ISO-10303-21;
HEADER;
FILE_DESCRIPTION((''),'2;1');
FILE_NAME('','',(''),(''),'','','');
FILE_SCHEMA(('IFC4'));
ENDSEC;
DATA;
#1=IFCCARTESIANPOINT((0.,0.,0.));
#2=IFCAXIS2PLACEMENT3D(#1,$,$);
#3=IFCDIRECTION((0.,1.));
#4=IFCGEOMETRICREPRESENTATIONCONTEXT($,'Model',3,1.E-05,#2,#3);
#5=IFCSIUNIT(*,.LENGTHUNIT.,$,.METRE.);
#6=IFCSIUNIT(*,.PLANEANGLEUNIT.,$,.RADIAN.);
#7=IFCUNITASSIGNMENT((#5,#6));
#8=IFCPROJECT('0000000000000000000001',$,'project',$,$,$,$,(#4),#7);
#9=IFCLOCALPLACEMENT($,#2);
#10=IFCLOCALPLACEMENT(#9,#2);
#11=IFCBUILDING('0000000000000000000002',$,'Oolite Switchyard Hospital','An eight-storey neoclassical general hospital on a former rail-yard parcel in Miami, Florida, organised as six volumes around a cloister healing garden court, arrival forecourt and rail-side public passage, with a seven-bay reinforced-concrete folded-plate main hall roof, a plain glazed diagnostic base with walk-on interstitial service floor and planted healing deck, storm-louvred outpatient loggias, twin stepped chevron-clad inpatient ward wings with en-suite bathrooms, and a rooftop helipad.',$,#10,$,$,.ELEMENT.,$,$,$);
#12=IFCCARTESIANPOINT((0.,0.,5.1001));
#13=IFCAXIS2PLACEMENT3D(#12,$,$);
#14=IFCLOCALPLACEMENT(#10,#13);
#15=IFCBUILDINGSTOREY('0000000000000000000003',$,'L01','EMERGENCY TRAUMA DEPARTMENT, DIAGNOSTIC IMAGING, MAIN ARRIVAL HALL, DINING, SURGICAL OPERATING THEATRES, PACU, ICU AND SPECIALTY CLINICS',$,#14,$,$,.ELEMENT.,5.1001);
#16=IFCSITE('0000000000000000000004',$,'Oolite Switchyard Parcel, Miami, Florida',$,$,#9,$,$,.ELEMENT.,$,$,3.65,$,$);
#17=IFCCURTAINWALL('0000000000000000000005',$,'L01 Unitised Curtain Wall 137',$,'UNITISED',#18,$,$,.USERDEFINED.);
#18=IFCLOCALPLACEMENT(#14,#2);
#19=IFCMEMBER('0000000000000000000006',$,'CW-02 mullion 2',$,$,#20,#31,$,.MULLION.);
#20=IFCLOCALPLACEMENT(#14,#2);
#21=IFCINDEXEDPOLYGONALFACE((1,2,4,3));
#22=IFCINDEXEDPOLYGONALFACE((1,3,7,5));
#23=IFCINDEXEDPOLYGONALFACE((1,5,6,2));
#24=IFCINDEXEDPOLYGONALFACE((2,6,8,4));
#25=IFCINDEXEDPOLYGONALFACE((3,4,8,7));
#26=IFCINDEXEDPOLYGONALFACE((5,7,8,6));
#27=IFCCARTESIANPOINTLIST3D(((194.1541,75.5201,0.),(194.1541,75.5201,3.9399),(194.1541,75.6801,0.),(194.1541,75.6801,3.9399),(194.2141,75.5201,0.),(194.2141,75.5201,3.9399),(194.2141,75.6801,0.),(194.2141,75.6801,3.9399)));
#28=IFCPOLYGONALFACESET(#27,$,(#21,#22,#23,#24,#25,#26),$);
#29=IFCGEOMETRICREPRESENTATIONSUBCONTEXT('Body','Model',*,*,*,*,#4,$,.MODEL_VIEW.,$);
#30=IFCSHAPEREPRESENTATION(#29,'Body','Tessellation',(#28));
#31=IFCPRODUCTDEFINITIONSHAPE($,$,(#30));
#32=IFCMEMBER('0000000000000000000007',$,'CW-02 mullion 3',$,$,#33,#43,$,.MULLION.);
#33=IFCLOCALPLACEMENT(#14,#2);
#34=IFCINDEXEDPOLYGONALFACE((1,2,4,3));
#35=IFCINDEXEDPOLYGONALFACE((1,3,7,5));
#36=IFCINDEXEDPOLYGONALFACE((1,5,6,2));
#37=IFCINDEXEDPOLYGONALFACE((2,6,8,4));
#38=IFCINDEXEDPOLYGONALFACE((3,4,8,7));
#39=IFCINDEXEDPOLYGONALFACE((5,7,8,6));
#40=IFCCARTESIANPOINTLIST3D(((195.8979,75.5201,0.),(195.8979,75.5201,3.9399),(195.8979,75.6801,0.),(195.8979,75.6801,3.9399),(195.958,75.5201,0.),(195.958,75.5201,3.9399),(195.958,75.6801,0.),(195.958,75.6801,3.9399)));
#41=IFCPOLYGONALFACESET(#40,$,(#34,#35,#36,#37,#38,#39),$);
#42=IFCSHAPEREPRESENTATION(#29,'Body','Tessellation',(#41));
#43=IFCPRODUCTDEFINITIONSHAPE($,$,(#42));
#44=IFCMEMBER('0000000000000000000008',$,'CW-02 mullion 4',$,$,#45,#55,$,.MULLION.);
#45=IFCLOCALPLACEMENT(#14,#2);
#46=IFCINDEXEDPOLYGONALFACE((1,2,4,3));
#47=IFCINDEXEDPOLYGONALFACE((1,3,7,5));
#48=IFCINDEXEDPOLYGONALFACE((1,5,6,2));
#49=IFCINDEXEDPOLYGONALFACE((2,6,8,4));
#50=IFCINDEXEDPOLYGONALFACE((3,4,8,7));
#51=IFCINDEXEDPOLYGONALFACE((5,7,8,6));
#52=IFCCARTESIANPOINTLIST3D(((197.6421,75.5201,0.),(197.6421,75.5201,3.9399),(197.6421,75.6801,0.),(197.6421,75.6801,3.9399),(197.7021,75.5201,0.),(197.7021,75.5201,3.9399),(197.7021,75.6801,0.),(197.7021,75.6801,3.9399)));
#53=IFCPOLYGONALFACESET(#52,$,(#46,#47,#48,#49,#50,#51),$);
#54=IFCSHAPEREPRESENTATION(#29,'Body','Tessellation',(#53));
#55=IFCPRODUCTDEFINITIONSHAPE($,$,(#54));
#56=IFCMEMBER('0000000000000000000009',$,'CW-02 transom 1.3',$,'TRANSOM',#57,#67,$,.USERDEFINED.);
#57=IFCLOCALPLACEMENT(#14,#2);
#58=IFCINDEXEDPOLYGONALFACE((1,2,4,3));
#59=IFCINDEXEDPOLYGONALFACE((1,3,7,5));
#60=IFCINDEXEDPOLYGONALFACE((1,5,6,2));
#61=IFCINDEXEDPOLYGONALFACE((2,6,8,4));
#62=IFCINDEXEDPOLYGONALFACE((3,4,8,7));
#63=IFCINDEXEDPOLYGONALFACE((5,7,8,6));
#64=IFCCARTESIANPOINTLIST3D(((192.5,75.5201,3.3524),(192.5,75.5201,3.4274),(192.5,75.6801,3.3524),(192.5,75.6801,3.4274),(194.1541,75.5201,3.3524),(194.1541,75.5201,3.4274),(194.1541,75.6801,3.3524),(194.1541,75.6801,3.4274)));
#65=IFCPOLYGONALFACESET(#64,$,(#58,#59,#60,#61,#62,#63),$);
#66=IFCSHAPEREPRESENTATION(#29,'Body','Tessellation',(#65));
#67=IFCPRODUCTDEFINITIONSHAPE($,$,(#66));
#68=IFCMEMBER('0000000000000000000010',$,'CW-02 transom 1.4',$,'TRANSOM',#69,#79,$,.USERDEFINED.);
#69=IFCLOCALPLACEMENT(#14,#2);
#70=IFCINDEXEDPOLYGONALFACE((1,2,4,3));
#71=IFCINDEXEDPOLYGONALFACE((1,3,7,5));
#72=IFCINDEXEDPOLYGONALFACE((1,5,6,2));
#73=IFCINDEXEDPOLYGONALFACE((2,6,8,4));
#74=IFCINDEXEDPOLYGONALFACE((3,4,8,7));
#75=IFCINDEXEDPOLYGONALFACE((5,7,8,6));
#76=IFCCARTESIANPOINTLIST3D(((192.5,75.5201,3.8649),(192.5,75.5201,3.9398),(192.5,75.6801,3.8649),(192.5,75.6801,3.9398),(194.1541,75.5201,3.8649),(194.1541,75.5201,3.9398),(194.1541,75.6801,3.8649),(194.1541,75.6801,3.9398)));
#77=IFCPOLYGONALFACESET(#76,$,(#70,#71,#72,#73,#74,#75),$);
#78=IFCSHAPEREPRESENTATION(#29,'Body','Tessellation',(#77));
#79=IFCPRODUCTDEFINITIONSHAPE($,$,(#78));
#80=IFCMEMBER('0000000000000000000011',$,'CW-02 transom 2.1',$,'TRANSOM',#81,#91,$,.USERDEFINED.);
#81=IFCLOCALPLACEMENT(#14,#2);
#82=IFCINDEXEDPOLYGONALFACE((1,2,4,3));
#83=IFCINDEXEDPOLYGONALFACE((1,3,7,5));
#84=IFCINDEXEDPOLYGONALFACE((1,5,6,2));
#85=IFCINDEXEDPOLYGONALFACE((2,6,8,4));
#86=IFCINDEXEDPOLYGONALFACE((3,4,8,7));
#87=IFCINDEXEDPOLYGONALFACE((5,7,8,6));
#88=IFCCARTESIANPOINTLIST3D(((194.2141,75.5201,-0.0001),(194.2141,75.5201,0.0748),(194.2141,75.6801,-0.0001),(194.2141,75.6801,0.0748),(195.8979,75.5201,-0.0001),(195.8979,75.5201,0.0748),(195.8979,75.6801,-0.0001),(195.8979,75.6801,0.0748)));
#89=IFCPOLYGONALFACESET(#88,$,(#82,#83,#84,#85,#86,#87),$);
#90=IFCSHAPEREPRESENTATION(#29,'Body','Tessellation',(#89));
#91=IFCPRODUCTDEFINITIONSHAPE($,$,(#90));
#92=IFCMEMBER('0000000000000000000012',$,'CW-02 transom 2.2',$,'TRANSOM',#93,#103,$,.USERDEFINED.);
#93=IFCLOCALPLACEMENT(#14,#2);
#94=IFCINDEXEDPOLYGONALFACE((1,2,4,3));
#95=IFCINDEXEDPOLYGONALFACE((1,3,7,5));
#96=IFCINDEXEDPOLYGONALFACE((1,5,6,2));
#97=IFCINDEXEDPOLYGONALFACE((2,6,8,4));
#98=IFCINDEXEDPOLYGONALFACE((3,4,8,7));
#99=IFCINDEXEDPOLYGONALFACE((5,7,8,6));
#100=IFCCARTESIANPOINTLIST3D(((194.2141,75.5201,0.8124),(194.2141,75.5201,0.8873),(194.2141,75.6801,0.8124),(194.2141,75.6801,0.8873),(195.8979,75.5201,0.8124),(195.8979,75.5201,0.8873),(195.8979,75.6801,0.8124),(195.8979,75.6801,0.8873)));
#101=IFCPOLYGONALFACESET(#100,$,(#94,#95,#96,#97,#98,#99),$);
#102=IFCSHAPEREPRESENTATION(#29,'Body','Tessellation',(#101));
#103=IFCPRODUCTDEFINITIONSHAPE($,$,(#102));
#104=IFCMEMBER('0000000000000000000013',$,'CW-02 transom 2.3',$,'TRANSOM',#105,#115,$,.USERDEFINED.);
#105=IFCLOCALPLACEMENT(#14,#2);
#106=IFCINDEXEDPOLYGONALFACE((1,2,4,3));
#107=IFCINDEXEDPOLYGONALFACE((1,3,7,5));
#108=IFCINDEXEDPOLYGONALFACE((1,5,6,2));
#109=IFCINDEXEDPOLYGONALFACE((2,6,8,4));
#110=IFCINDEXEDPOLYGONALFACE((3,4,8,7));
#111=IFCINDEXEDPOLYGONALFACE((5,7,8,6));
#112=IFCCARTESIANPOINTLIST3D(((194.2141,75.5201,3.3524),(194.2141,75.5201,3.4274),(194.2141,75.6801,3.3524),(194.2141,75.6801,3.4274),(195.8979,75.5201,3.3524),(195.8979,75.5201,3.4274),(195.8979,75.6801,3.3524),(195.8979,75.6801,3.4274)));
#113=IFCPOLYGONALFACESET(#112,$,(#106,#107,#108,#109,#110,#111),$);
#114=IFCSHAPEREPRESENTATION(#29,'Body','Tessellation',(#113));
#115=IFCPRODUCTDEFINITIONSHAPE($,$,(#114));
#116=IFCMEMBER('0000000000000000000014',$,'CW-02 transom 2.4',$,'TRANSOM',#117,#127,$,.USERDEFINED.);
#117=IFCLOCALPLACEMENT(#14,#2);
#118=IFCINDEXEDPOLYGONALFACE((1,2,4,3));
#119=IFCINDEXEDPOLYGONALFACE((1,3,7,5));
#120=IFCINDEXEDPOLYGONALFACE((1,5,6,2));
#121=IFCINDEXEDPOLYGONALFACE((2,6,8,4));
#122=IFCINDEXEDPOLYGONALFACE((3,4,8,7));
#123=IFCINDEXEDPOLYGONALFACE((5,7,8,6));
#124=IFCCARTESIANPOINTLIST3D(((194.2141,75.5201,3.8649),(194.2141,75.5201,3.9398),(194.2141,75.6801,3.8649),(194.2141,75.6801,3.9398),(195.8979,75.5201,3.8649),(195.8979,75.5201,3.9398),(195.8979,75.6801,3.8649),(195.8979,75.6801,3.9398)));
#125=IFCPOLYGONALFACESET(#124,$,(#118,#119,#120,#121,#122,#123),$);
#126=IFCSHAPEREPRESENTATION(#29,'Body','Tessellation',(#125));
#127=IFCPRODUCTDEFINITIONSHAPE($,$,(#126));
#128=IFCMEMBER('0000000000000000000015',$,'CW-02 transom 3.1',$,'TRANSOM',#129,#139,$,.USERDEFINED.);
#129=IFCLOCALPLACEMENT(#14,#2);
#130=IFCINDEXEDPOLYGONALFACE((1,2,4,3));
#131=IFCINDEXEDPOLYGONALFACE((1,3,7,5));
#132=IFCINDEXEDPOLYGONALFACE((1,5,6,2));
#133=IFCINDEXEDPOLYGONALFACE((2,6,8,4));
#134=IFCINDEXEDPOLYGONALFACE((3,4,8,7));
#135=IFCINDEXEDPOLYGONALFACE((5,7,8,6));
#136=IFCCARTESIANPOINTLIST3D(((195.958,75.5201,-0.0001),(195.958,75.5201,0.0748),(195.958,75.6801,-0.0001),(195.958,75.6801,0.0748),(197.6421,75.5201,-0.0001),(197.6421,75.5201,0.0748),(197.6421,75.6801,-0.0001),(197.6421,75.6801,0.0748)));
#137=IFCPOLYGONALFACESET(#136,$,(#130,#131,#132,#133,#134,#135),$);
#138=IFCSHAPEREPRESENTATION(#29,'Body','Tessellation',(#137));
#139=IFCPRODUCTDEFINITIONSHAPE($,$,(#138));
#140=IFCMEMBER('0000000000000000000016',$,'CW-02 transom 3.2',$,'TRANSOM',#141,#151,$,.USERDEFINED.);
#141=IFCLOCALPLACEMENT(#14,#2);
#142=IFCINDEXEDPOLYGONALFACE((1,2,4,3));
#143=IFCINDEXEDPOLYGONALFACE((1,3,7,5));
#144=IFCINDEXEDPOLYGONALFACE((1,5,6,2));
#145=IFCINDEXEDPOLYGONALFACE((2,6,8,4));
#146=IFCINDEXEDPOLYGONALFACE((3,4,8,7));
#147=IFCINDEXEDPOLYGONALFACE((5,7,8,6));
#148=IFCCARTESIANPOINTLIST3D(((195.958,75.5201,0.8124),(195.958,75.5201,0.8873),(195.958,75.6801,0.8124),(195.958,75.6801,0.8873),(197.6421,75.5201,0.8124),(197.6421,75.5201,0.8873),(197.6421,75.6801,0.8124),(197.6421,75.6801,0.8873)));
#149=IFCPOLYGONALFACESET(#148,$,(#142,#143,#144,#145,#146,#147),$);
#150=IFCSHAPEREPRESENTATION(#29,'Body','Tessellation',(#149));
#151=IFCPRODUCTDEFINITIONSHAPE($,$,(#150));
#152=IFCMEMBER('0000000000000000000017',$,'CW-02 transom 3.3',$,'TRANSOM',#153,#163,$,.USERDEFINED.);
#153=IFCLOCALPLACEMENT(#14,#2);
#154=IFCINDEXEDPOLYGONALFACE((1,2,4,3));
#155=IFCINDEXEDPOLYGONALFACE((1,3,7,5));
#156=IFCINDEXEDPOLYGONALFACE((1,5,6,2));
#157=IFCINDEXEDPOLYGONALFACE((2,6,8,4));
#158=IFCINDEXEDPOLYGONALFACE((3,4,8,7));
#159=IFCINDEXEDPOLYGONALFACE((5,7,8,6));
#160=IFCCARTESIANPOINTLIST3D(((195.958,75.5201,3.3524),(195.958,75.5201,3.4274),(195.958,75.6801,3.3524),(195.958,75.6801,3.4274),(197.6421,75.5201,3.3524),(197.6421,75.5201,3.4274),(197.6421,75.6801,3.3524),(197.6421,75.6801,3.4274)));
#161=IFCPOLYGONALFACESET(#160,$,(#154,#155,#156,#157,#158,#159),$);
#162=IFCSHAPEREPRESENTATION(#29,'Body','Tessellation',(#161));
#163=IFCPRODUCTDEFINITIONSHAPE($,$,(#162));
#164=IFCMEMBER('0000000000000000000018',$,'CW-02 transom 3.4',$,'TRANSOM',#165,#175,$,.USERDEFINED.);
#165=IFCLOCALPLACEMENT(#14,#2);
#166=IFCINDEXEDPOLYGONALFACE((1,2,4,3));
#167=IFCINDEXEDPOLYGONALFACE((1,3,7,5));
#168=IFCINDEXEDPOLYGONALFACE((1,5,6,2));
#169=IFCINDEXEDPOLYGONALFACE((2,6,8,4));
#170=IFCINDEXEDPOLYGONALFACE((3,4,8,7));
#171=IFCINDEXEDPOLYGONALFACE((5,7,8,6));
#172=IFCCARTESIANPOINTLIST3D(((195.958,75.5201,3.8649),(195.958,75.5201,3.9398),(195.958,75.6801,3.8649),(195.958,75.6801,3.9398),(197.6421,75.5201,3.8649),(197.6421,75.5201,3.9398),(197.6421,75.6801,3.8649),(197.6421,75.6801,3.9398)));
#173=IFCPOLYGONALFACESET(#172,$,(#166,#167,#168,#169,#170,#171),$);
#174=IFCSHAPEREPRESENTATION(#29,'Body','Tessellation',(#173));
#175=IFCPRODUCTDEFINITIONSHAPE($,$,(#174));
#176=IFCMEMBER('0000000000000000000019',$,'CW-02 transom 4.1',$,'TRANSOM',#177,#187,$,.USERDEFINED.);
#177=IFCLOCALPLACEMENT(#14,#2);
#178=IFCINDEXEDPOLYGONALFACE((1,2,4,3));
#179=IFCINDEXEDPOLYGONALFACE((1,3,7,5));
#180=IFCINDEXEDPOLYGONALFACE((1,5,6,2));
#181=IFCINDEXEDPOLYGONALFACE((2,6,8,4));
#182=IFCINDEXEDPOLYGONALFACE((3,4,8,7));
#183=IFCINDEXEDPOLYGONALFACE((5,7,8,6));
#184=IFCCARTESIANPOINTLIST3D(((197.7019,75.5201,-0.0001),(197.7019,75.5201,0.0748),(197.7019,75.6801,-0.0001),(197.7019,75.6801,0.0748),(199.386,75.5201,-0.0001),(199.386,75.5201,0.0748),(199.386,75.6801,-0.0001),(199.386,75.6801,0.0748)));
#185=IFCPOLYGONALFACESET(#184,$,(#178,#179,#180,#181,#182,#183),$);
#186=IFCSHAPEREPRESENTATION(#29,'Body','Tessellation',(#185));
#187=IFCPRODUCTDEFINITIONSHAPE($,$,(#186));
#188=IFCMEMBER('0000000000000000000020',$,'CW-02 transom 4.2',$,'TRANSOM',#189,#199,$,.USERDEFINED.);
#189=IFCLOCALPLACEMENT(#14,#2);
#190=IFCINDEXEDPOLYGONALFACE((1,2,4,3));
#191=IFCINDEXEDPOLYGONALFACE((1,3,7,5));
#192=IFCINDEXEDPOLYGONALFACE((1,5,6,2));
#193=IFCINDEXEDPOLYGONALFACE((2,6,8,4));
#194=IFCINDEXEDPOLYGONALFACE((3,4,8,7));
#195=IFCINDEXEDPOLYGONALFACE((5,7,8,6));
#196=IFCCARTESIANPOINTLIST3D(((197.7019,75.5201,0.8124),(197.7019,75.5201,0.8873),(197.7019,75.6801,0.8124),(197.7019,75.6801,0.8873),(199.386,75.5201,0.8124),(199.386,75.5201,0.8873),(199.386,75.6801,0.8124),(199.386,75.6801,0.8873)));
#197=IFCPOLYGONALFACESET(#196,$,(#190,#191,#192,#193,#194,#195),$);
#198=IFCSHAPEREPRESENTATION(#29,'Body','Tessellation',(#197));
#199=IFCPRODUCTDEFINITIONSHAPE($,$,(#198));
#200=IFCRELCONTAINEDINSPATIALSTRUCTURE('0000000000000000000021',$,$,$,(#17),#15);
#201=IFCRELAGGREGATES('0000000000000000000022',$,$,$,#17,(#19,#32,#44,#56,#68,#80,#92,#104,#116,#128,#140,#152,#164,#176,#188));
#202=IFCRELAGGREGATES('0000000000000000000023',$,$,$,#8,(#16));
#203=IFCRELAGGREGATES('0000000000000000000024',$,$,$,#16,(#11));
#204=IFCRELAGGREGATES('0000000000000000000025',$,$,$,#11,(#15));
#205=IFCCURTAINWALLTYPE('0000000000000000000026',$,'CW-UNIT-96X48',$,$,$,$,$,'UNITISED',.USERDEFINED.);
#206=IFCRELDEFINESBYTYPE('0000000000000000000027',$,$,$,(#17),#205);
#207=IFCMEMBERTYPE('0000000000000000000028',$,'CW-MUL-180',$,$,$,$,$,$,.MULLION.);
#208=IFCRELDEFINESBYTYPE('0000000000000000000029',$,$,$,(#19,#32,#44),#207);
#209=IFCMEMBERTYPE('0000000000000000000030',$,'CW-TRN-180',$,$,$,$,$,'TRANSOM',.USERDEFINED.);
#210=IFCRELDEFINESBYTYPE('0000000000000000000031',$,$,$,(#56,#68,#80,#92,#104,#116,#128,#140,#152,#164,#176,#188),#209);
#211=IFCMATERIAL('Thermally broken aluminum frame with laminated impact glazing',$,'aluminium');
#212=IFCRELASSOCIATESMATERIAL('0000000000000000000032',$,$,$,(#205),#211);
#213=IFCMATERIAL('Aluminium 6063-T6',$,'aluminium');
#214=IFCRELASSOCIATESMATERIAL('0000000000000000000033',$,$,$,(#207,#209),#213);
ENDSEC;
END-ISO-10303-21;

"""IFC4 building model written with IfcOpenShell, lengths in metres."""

from ifc_helpers import new_model, si_unit, direction, frame, origin, origin_2d, place, context, subcontext, project, spatial, rectangle, extrude, material, material_profile, profile_set, type_object, element, aggregate, save


model = new_model("IFC4")

# Units and contexts
model_context = context("Model", 3, precision=1e-05, world=origin(), true_north=direction((0.0, 1.0)))
body_context = subcontext(model_context, "Body", "Model", "MODEL_VIEW")
ifc_project = project(units=[si_unit("LENGTHUNIT", "METRE"), si_unit("PLANEANGLEUNIT", "RADIAN")], contexts=[model_context])

# Site, building, storey
site_placement = place(None, origin())
site = spatial("IfcSite", under=ifc_project, at=site_placement, Name="Oolite Switchyard Parcel, Miami, Florida", CompositionType="ELEMENT", RefElevation=3.65)
building_placement = place(site_placement, origin())
building = spatial("IfcBuilding", under=site, at=building_placement, Name="Oolite Switchyard Hospital", Description="An eight-storey neoclassical general hospital on a former rail-yard parcel in Miami, Florida, organised as six volumes around a cloister healing garden court, arrival forecourt and rail-side public passage, with a seven-bay reinforced-concrete folded-plate main hall roof, a plain glazed diagnostic base with walk-on interstitial service floor and planted healing deck, storm-louvred outpatient loggias, twin stepped chevron-clad inpatient ward wings with en-suite bathrooms, and a rooftop helipad.", CompositionType="ELEMENT")
storey_placement = place(building_placement, frame((0.0, 0.0, 5.1001)))
storey = spatial("IfcBuildingStorey", under=building, at=storey_placement, Name="L01", Description="EMERGENCY TRAUMA DEPARTMENT, DIAGNOSTIC IMAGING, MAIN ARRIVAL HALL, DINING, SURGICAL OPERATING THEATRES, PACU, ICU AND SPECIALTY CLINICS", CompositionType="ELEMENT", Elevation=5.1001)

# Curtain wall, members
ifc_material_1 = material(Name="Thermally broken aluminum frame with laminated impact glazing", Category="aluminium")
curtain_wall_type = type_object("IfcCurtainWallType", Name="CW-UNIT-96X48", ElementType="UNITISED", PredefinedType="USERDEFINED", material=ifc_material_1)
curtain_wall_placement = place(storey_placement, origin())
curtain_wall = element("IfcCurtainWall", 1, at=curtain_wall_placement, inside=storey, type_object=curtain_wall_type, Name="L01 Unitised Curtain Wall 137", ObjectType="UNITISED", PredefinedType="USERDEFINED")
ifc_material_2 = material(Name="Aluminium 6063-T6", Category="aluminium")
ifc_material_profile_1 = material_profile(ifc_material_2, rectangle(XDim=0.1599, YDim=0.0601, at=origin_2d()), Name="CWM60X160")
ifc_profile_set_1 = profile_set([ifc_material_profile_1], Name="Aluminium 6063-T6")
member_type_1 = type_object("IfcMemberType", Name="CW-MUL-180", PredefinedType="MULLION", material=ifc_profile_set_1)
member_1_placement = place(storey_placement, frame((194.1841, 75.6001, 0.0), z_axis=(0.0, 0.0, 1.0), x_axis=(0.0, 1.0, 0.0)))
member_1 = element("IfcMember", 2, at=member_1_placement, type_object=member_type_1, Name="CW-02 mullion 2", PredefinedType="MULLION", context=body_context, shape_type="SweptSolid", body=[
    extrude(rectangle(XDim=0.1599, YDim=0.0601, at=origin_2d()), origin(), (0.0, 0.0, 1.0), 3.9399),
])
member_2_placement = place(storey_placement, frame((195.928, 75.6001, 0.0), z_axis=(0.0, 0.0, 1.0), x_axis=(0.0, 1.0, 0.0)))
member_2 = element("IfcMember", 3, at=member_2_placement, type_object=member_type_1, Name="CW-02 mullion 3", PredefinedType="MULLION", context=body_context, shape_type="SweptSolid", body=[
    extrude(rectangle(XDim=0.1599, YDim=0.0601, at=origin_2d()), origin(), (0.0, 0.0, 1.0), 3.9399),
])
member_3_placement = place(storey_placement, frame((197.6721, 75.6001, 0.0), z_axis=(0.0, 0.0, 1.0), x_axis=(0.0, 1.0, 0.0)))
member_3 = element("IfcMember", 4, at=member_3_placement, type_object=member_type_1, Name="CW-02 mullion 4", PredefinedType="MULLION", context=body_context, shape_type="SweptSolid", body=[
    extrude(rectangle(XDim=0.1599, YDim=0.0601, at=origin_2d()), origin(), (0.0, 0.0, 1.0), 3.9399),
])
ifc_material_profile_2 = material_profile(ifc_material_2, rectangle(XDim=0.1599, YDim=0.075, at=origin_2d()), Name="CWT75X160")
ifc_profile_set_2 = profile_set([ifc_material_profile_2], Name="Aluminium 6063-T6")
member_type_2 = type_object("IfcMemberType", Name="CW-TRN-180", ElementType="TRANSOM", PredefinedType="USERDEFINED", material=ifc_profile_set_2)
member_4_placement = place(storey_placement, frame((192.5, 75.6001, 3.3899), z_axis=(1.0, 0.0, 0.0), x_axis=(0.0, 1.0, 0.0)))
member_4 = element("IfcMember", 5, at=member_4_placement, type_object=member_type_2, Name="CW-02 transom 1.3", ObjectType="TRANSOM", PredefinedType="USERDEFINED", context=body_context, shape_type="SweptSolid", body=[
    extrude(rectangle(XDim=0.1599, YDim=0.075, at=origin_2d()), origin(), (0.0, 0.0, 1.0), 1.6541),
])
member_5_placement = place(storey_placement, frame((192.5, 75.6001, 3.9023), z_axis=(1.0, 0.0, 0.0), x_axis=(0.0, 1.0, 0.0)))
member_5 = element("IfcMember", 6, at=member_5_placement, type_object=member_type_2, Name="CW-02 transom 1.4", ObjectType="TRANSOM", PredefinedType="USERDEFINED", context=body_context, shape_type="SweptSolid", body=[
    extrude(rectangle(XDim=0.1599, YDim=0.075, at=origin_2d()), origin(), (0.0, 0.0, 1.0), 1.6541),
])
member_6_placement = place(storey_placement, frame((194.2141, 75.6001, 0.0374), z_axis=(1.0, 0.0, 0.0), x_axis=(0.0, 1.0, 0.0)))
member_6 = element("IfcMember", 7, at=member_6_placement, type_object=member_type_2, Name="CW-02 transom 2.1", ObjectType="TRANSOM", PredefinedType="USERDEFINED", context=body_context, shape_type="SweptSolid", body=[
    extrude(rectangle(XDim=0.1599, YDim=0.075, at=origin_2d()), origin(), (0.0, 0.0, 1.0), 1.6838),
])
member_7_placement = place(storey_placement, frame((194.2141, 75.6001, 0.8499), z_axis=(1.0, 0.0, 0.0), x_axis=(0.0, 1.0, 0.0)))
member_7 = element("IfcMember", 8, at=member_7_placement, type_object=member_type_2, Name="CW-02 transom 2.2", ObjectType="TRANSOM", PredefinedType="USERDEFINED", context=body_context, shape_type="SweptSolid", body=[
    extrude(rectangle(XDim=0.1599, YDim=0.075, at=origin_2d()), origin(), (0.0, 0.0, 1.0), 1.6838),
])
member_8_placement = place(storey_placement, frame((194.2141, 75.6001, 3.3899), z_axis=(1.0, 0.0, 0.0), x_axis=(0.0, 1.0, 0.0)))
member_8 = element("IfcMember", 9, at=member_8_placement, type_object=member_type_2, Name="CW-02 transom 2.3", ObjectType="TRANSOM", PredefinedType="USERDEFINED", context=body_context, shape_type="SweptSolid", body=[
    extrude(rectangle(XDim=0.1599, YDim=0.075, at=origin_2d()), origin(), (0.0, 0.0, 1.0), 1.6838),
])
member_9_placement = place(storey_placement, frame((194.2141, 75.6001, 3.9023), z_axis=(1.0, 0.0, 0.0), x_axis=(0.0, 1.0, 0.0)))
member_9 = element("IfcMember", 10, at=member_9_placement, type_object=member_type_2, Name="CW-02 transom 2.4", ObjectType="TRANSOM", PredefinedType="USERDEFINED", context=body_context, shape_type="SweptSolid", body=[
    extrude(rectangle(XDim=0.1599, YDim=0.075, at=origin_2d()), origin(), (0.0, 0.0, 1.0), 1.6838),
])
member_10_placement = place(storey_placement, frame((195.958, 75.6001, 0.0374), z_axis=(1.0, 0.0, 0.0), x_axis=(0.0, 1.0, 0.0)))
member_10 = element("IfcMember", 11, at=member_10_placement, type_object=member_type_2, Name="CW-02 transom 3.1", ObjectType="TRANSOM", PredefinedType="USERDEFINED", context=body_context, shape_type="SweptSolid", body=[
    extrude(rectangle(XDim=0.1599, YDim=0.075, at=origin_2d()), origin(), (0.0, 0.0, 1.0), 1.6841),
])
member_11_placement = place(storey_placement, frame((195.958, 75.6001, 0.8499), z_axis=(1.0, 0.0, 0.0), x_axis=(0.0, 1.0, 0.0)))
member_11 = element("IfcMember", 12, at=member_11_placement, type_object=member_type_2, Name="CW-02 transom 3.2", ObjectType="TRANSOM", PredefinedType="USERDEFINED", context=body_context, shape_type="SweptSolid", body=[
    extrude(rectangle(XDim=0.1599, YDim=0.075, at=origin_2d()), origin(), (0.0, 0.0, 1.0), 1.6841),
])
member_12_placement = place(storey_placement, frame((195.958, 75.6001, 3.3899), z_axis=(1.0, 0.0, 0.0), x_axis=(0.0, 1.0, 0.0)))
member_12 = element("IfcMember", 13, at=member_12_placement, type_object=member_type_2, Name="CW-02 transom 3.3", ObjectType="TRANSOM", PredefinedType="USERDEFINED", context=body_context, shape_type="SweptSolid", body=[
    extrude(rectangle(XDim=0.1599, YDim=0.075, at=origin_2d()), origin(), (0.0, 0.0, 1.0), 1.6841),
])
member_13_placement = place(storey_placement, frame((195.958, 75.6001, 3.9023), z_axis=(1.0, 0.0, 0.0), x_axis=(0.0, 1.0, 0.0)))
member_13 = element("IfcMember", 14, at=member_13_placement, type_object=member_type_2, Name="CW-02 transom 3.4", ObjectType="TRANSOM", PredefinedType="USERDEFINED", context=body_context, shape_type="SweptSolid", body=[
    extrude(rectangle(XDim=0.1599, YDim=0.075, at=origin_2d()), origin(), (0.0, 0.0, 1.0), 1.6841),
])
member_14_placement = place(storey_placement, frame((197.7019, 75.6001, 0.0374), z_axis=(1.0, 0.0, 0.0), x_axis=(0.0, 1.0, 0.0)))
member_14 = element("IfcMember", 15, at=member_14_placement, type_object=member_type_2, Name="CW-02 transom 4.1", ObjectType="TRANSOM", PredefinedType="USERDEFINED", context=body_context, shape_type="SweptSolid", body=[
    extrude(rectangle(XDim=0.1599, YDim=0.075, at=origin_2d()), origin(), (0.0, 0.0, 1.0), 1.6841),
])
member_15_placement = place(storey_placement, frame((197.7019, 75.6001, 0.8499), z_axis=(1.0, 0.0, 0.0), x_axis=(0.0, 1.0, 0.0)))
member_15 = element("IfcMember", 16, at=member_15_placement, type_object=member_type_2, Name="CW-02 transom 4.2", ObjectType="TRANSOM", PredefinedType="USERDEFINED", context=body_context, shape_type="SweptSolid", body=[
    extrude(rectangle(XDim=0.1599, YDim=0.075, at=origin_2d()), origin(), (0.0, 0.0, 1.0), 1.6841),
])
aggregate(curtain_wall, [member_1, member_2, member_3, member_4, member_5, member_6, member_7, member_8, member_9, member_10, member_11, member_12, member_13, member_14, member_15])

save(model, "model.ifc")
